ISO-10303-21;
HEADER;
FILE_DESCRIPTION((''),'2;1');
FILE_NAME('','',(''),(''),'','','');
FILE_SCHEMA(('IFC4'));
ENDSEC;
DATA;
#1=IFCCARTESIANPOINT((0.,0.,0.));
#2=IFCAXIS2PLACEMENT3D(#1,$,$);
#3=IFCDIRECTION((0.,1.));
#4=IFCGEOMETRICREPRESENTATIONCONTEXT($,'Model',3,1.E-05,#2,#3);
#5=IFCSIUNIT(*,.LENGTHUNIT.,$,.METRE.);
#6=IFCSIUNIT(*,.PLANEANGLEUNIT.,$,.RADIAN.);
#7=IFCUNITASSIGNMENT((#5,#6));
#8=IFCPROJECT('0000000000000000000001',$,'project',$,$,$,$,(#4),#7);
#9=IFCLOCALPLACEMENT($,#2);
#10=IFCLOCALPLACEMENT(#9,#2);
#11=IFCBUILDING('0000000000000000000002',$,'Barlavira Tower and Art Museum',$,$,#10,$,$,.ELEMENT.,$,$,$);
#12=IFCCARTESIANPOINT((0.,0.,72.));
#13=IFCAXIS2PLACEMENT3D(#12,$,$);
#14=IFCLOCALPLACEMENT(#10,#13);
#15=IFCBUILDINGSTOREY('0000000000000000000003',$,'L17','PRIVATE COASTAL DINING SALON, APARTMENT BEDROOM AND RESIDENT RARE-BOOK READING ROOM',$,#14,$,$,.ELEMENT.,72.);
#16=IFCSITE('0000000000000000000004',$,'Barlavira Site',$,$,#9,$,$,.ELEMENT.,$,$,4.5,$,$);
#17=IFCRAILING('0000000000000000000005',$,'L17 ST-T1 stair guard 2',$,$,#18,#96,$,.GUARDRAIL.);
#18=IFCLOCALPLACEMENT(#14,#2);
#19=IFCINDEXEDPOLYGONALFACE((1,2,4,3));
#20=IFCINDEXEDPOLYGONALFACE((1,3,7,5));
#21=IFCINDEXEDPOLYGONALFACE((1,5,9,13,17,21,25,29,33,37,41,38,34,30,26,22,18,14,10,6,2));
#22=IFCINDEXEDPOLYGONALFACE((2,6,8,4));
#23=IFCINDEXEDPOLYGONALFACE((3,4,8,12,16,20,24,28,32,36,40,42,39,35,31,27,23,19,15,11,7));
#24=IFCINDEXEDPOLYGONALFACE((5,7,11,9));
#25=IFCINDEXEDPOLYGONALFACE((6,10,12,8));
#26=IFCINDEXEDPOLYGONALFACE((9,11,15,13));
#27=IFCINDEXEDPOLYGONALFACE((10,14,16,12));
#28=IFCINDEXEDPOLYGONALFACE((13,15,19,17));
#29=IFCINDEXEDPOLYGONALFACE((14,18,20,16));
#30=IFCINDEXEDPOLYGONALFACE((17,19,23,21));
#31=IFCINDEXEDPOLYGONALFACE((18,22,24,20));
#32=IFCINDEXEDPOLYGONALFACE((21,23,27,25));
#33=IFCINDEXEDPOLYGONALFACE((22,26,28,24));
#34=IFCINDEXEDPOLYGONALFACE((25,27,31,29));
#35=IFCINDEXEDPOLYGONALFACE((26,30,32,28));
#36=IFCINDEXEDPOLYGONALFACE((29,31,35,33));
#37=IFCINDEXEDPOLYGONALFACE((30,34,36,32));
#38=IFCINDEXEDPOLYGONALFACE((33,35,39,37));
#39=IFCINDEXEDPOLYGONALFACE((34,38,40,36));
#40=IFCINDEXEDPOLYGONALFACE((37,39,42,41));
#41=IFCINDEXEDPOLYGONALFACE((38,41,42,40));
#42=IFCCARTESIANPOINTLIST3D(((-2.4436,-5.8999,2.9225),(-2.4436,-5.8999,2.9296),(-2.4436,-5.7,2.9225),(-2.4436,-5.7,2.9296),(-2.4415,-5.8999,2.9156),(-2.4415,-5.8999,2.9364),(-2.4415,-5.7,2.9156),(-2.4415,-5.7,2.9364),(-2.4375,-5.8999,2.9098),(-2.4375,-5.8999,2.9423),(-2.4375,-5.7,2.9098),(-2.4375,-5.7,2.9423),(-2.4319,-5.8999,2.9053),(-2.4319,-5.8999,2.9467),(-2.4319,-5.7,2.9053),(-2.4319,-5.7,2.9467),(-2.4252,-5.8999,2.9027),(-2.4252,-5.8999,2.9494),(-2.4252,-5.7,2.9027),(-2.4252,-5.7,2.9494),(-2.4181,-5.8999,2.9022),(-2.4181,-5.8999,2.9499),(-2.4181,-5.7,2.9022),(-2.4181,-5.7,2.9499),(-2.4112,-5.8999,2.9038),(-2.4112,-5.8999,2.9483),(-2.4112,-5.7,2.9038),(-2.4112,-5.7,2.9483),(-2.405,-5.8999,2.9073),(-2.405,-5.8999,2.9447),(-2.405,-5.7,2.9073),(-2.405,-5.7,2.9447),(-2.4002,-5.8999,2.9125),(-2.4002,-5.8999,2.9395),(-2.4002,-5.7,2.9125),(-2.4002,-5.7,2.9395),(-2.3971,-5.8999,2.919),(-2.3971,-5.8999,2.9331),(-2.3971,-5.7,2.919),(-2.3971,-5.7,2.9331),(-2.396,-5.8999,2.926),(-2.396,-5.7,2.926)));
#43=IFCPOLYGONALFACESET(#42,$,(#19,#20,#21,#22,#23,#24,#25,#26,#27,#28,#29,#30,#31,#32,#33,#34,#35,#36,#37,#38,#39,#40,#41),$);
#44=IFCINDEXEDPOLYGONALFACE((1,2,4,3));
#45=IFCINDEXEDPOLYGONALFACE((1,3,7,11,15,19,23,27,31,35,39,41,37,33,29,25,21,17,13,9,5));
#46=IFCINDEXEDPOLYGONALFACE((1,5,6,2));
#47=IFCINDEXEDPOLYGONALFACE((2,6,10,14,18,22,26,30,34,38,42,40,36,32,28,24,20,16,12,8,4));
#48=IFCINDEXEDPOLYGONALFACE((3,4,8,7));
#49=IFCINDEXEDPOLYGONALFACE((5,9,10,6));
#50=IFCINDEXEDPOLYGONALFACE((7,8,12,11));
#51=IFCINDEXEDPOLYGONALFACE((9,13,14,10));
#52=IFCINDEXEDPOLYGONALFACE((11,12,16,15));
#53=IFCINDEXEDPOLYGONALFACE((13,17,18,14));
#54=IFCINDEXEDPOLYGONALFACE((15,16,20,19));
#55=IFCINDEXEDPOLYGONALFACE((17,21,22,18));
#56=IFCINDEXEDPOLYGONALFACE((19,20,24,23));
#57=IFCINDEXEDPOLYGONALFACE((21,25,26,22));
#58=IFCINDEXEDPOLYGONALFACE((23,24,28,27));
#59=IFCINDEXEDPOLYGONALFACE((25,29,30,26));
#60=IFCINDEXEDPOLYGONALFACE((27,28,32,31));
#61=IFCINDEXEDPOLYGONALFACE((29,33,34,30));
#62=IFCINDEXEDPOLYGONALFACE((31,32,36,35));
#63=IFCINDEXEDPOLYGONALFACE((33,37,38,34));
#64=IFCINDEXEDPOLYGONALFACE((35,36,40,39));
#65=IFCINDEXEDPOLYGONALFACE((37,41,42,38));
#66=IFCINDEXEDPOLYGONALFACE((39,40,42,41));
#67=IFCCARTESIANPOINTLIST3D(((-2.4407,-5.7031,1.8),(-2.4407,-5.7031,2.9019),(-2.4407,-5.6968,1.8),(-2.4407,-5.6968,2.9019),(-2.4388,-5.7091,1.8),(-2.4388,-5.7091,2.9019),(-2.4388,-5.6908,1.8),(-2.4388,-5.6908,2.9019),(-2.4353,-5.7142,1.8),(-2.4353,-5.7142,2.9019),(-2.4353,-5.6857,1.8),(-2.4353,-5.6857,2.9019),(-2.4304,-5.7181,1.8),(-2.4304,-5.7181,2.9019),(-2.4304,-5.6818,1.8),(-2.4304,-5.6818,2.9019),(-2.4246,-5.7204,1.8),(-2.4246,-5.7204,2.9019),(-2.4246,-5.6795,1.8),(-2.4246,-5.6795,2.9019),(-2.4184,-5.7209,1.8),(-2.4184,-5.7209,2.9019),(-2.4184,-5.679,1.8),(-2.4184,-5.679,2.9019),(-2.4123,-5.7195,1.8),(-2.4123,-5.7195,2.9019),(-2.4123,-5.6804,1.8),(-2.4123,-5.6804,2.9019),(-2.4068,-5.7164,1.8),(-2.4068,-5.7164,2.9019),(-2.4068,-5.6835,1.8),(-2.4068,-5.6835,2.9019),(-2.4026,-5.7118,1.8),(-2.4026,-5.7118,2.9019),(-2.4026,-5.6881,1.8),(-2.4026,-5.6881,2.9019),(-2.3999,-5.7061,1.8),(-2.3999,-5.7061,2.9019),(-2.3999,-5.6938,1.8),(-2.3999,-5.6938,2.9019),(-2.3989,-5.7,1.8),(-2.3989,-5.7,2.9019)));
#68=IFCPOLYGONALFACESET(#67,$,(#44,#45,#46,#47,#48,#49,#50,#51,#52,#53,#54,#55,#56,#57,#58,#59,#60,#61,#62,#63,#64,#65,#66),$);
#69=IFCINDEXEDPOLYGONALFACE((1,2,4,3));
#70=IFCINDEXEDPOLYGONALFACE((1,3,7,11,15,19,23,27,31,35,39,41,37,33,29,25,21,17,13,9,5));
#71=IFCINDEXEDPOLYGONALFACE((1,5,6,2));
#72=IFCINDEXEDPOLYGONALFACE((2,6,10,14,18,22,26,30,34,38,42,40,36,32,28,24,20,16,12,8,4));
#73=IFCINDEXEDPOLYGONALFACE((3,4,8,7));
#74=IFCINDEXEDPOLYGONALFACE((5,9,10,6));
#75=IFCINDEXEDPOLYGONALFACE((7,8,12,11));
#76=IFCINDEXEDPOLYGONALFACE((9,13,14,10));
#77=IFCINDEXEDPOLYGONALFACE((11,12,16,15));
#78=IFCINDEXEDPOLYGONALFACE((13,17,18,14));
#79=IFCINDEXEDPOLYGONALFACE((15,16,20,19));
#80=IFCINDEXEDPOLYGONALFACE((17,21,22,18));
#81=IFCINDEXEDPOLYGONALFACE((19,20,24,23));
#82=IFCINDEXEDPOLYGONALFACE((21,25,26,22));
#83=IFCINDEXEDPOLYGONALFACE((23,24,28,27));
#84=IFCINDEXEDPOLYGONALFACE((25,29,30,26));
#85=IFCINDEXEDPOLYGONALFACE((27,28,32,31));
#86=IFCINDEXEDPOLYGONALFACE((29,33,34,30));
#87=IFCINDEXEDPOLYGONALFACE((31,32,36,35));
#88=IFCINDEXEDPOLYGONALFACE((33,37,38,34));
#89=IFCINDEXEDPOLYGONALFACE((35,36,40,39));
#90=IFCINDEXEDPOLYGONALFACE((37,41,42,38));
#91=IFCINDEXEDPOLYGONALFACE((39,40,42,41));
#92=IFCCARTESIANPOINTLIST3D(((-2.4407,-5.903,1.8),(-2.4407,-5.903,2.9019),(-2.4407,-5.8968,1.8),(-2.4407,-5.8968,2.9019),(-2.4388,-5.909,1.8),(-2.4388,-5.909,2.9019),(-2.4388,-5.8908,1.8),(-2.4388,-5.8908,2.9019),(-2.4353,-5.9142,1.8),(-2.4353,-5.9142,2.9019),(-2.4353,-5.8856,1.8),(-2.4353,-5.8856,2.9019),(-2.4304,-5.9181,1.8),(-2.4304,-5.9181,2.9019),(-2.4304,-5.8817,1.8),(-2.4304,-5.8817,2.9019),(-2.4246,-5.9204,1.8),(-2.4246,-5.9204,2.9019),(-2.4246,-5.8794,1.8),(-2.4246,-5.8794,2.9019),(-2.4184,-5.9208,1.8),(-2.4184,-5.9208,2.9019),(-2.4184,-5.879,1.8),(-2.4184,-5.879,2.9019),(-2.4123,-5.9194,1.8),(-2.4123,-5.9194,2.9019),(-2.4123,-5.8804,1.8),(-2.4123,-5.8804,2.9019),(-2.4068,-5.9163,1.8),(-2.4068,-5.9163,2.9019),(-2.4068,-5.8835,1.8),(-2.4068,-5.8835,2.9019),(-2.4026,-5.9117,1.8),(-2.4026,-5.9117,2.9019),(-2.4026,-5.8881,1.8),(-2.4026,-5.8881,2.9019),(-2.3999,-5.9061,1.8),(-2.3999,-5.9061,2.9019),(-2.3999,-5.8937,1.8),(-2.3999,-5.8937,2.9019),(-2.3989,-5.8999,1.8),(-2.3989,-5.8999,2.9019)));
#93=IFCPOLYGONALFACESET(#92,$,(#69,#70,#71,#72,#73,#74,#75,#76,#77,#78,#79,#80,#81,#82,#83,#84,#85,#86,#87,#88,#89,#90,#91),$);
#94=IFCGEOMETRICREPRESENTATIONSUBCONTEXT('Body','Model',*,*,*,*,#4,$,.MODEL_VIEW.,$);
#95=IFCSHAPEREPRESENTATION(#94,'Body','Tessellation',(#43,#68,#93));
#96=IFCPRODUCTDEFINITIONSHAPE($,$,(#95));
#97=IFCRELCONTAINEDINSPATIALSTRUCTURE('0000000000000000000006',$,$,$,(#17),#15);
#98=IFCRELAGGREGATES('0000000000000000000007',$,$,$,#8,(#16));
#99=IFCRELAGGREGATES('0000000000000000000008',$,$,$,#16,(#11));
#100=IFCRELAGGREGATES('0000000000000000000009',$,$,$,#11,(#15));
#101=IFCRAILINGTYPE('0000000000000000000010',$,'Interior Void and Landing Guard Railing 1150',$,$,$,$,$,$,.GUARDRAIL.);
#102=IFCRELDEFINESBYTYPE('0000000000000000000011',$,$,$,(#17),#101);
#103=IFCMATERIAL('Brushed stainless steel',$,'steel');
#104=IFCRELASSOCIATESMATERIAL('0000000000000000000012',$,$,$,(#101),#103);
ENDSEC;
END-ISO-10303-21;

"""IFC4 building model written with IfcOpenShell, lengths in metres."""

from ifc_helpers import new_model, si_unit, direction, frame, origin, origin_2d, place, context, subcontext, project, spatial, circle, extrude, material, type_object, element, save


model = new_model("IFC4")

# Units and contexts
model_context = context("Model", 3, precision=1e-05, world=origin(), true_north=direction((0.0, 1.0)))
body_context = subcontext(model_context, "Body", "Model", "MODEL_VIEW")
ifc_project = project(units=[si_unit("LENGTHUNIT", "METRE"), si_unit("PLANEANGLEUNIT", "RADIAN")], contexts=[model_context])

# Site, building, storey
site_placement = place(None, origin())
site = spatial("IfcSite", under=ifc_project, at=site_placement, Name="Barlavira Site", CompositionType="ELEMENT", RefElevation=4.5)
building_placement = place(site_placement, origin())
building = spatial("IfcBuilding", under=site, at=building_placement, Name="Barlavira Tower and Art Museum", CompositionType="ELEMENT")
storey_placement = place(building_placement, frame((0.0, 0.0, 72.0)))
storey = spatial("IfcBuildingStorey", under=building, at=storey_placement, Name="L17", Description="PRIVATE COASTAL DINING SALON, APARTMENT BEDROOM AND RESIDENT RARE-BOOK READING ROOM", CompositionType="ELEMENT", Elevation=72.0)

# Shared definitions
ifc_material_1 = material(Name="Brushed stainless steel", Category="steel")

# Railing
railing_type_1 = type_object("IfcRailingType", Name="Interior Void and Landing Guard Railing 1150", PredefinedType="GUARDRAIL", material=ifc_material_1)
railing_1_placement = place(storey_placement, frame((-2.4199, -5.7, 1.8)))
element("IfcRailing", 1, at=railing_1_placement, inside=storey, type_object=railing_type_1, Name="L17 ST-T1 stair guard 2", PredefinedType="GUARDRAIL", context=body_context, shape_type="SweptSolid", body=[
    extrude(circle(Radius=0.0239, at=origin_2d()), frame((0.0, 0.0, 1.126), z_axis=(0.0, -1.0, 0.0), x_axis=(1.0, 0.0, 0.0)), (0.0, 0.0, 1.0), 0.2),
    extrude(circle(Radius=0.021, at=origin_2d()), origin(), (0.0, 0.0, 1.0), 1.1018),
    extrude(circle(Radius=0.021, at=origin_2d()), frame((0.0, -0.2, 0.0)), (0.0, 0.0, 1.0), 1.1018),
])

save(model, "model.ifc")
